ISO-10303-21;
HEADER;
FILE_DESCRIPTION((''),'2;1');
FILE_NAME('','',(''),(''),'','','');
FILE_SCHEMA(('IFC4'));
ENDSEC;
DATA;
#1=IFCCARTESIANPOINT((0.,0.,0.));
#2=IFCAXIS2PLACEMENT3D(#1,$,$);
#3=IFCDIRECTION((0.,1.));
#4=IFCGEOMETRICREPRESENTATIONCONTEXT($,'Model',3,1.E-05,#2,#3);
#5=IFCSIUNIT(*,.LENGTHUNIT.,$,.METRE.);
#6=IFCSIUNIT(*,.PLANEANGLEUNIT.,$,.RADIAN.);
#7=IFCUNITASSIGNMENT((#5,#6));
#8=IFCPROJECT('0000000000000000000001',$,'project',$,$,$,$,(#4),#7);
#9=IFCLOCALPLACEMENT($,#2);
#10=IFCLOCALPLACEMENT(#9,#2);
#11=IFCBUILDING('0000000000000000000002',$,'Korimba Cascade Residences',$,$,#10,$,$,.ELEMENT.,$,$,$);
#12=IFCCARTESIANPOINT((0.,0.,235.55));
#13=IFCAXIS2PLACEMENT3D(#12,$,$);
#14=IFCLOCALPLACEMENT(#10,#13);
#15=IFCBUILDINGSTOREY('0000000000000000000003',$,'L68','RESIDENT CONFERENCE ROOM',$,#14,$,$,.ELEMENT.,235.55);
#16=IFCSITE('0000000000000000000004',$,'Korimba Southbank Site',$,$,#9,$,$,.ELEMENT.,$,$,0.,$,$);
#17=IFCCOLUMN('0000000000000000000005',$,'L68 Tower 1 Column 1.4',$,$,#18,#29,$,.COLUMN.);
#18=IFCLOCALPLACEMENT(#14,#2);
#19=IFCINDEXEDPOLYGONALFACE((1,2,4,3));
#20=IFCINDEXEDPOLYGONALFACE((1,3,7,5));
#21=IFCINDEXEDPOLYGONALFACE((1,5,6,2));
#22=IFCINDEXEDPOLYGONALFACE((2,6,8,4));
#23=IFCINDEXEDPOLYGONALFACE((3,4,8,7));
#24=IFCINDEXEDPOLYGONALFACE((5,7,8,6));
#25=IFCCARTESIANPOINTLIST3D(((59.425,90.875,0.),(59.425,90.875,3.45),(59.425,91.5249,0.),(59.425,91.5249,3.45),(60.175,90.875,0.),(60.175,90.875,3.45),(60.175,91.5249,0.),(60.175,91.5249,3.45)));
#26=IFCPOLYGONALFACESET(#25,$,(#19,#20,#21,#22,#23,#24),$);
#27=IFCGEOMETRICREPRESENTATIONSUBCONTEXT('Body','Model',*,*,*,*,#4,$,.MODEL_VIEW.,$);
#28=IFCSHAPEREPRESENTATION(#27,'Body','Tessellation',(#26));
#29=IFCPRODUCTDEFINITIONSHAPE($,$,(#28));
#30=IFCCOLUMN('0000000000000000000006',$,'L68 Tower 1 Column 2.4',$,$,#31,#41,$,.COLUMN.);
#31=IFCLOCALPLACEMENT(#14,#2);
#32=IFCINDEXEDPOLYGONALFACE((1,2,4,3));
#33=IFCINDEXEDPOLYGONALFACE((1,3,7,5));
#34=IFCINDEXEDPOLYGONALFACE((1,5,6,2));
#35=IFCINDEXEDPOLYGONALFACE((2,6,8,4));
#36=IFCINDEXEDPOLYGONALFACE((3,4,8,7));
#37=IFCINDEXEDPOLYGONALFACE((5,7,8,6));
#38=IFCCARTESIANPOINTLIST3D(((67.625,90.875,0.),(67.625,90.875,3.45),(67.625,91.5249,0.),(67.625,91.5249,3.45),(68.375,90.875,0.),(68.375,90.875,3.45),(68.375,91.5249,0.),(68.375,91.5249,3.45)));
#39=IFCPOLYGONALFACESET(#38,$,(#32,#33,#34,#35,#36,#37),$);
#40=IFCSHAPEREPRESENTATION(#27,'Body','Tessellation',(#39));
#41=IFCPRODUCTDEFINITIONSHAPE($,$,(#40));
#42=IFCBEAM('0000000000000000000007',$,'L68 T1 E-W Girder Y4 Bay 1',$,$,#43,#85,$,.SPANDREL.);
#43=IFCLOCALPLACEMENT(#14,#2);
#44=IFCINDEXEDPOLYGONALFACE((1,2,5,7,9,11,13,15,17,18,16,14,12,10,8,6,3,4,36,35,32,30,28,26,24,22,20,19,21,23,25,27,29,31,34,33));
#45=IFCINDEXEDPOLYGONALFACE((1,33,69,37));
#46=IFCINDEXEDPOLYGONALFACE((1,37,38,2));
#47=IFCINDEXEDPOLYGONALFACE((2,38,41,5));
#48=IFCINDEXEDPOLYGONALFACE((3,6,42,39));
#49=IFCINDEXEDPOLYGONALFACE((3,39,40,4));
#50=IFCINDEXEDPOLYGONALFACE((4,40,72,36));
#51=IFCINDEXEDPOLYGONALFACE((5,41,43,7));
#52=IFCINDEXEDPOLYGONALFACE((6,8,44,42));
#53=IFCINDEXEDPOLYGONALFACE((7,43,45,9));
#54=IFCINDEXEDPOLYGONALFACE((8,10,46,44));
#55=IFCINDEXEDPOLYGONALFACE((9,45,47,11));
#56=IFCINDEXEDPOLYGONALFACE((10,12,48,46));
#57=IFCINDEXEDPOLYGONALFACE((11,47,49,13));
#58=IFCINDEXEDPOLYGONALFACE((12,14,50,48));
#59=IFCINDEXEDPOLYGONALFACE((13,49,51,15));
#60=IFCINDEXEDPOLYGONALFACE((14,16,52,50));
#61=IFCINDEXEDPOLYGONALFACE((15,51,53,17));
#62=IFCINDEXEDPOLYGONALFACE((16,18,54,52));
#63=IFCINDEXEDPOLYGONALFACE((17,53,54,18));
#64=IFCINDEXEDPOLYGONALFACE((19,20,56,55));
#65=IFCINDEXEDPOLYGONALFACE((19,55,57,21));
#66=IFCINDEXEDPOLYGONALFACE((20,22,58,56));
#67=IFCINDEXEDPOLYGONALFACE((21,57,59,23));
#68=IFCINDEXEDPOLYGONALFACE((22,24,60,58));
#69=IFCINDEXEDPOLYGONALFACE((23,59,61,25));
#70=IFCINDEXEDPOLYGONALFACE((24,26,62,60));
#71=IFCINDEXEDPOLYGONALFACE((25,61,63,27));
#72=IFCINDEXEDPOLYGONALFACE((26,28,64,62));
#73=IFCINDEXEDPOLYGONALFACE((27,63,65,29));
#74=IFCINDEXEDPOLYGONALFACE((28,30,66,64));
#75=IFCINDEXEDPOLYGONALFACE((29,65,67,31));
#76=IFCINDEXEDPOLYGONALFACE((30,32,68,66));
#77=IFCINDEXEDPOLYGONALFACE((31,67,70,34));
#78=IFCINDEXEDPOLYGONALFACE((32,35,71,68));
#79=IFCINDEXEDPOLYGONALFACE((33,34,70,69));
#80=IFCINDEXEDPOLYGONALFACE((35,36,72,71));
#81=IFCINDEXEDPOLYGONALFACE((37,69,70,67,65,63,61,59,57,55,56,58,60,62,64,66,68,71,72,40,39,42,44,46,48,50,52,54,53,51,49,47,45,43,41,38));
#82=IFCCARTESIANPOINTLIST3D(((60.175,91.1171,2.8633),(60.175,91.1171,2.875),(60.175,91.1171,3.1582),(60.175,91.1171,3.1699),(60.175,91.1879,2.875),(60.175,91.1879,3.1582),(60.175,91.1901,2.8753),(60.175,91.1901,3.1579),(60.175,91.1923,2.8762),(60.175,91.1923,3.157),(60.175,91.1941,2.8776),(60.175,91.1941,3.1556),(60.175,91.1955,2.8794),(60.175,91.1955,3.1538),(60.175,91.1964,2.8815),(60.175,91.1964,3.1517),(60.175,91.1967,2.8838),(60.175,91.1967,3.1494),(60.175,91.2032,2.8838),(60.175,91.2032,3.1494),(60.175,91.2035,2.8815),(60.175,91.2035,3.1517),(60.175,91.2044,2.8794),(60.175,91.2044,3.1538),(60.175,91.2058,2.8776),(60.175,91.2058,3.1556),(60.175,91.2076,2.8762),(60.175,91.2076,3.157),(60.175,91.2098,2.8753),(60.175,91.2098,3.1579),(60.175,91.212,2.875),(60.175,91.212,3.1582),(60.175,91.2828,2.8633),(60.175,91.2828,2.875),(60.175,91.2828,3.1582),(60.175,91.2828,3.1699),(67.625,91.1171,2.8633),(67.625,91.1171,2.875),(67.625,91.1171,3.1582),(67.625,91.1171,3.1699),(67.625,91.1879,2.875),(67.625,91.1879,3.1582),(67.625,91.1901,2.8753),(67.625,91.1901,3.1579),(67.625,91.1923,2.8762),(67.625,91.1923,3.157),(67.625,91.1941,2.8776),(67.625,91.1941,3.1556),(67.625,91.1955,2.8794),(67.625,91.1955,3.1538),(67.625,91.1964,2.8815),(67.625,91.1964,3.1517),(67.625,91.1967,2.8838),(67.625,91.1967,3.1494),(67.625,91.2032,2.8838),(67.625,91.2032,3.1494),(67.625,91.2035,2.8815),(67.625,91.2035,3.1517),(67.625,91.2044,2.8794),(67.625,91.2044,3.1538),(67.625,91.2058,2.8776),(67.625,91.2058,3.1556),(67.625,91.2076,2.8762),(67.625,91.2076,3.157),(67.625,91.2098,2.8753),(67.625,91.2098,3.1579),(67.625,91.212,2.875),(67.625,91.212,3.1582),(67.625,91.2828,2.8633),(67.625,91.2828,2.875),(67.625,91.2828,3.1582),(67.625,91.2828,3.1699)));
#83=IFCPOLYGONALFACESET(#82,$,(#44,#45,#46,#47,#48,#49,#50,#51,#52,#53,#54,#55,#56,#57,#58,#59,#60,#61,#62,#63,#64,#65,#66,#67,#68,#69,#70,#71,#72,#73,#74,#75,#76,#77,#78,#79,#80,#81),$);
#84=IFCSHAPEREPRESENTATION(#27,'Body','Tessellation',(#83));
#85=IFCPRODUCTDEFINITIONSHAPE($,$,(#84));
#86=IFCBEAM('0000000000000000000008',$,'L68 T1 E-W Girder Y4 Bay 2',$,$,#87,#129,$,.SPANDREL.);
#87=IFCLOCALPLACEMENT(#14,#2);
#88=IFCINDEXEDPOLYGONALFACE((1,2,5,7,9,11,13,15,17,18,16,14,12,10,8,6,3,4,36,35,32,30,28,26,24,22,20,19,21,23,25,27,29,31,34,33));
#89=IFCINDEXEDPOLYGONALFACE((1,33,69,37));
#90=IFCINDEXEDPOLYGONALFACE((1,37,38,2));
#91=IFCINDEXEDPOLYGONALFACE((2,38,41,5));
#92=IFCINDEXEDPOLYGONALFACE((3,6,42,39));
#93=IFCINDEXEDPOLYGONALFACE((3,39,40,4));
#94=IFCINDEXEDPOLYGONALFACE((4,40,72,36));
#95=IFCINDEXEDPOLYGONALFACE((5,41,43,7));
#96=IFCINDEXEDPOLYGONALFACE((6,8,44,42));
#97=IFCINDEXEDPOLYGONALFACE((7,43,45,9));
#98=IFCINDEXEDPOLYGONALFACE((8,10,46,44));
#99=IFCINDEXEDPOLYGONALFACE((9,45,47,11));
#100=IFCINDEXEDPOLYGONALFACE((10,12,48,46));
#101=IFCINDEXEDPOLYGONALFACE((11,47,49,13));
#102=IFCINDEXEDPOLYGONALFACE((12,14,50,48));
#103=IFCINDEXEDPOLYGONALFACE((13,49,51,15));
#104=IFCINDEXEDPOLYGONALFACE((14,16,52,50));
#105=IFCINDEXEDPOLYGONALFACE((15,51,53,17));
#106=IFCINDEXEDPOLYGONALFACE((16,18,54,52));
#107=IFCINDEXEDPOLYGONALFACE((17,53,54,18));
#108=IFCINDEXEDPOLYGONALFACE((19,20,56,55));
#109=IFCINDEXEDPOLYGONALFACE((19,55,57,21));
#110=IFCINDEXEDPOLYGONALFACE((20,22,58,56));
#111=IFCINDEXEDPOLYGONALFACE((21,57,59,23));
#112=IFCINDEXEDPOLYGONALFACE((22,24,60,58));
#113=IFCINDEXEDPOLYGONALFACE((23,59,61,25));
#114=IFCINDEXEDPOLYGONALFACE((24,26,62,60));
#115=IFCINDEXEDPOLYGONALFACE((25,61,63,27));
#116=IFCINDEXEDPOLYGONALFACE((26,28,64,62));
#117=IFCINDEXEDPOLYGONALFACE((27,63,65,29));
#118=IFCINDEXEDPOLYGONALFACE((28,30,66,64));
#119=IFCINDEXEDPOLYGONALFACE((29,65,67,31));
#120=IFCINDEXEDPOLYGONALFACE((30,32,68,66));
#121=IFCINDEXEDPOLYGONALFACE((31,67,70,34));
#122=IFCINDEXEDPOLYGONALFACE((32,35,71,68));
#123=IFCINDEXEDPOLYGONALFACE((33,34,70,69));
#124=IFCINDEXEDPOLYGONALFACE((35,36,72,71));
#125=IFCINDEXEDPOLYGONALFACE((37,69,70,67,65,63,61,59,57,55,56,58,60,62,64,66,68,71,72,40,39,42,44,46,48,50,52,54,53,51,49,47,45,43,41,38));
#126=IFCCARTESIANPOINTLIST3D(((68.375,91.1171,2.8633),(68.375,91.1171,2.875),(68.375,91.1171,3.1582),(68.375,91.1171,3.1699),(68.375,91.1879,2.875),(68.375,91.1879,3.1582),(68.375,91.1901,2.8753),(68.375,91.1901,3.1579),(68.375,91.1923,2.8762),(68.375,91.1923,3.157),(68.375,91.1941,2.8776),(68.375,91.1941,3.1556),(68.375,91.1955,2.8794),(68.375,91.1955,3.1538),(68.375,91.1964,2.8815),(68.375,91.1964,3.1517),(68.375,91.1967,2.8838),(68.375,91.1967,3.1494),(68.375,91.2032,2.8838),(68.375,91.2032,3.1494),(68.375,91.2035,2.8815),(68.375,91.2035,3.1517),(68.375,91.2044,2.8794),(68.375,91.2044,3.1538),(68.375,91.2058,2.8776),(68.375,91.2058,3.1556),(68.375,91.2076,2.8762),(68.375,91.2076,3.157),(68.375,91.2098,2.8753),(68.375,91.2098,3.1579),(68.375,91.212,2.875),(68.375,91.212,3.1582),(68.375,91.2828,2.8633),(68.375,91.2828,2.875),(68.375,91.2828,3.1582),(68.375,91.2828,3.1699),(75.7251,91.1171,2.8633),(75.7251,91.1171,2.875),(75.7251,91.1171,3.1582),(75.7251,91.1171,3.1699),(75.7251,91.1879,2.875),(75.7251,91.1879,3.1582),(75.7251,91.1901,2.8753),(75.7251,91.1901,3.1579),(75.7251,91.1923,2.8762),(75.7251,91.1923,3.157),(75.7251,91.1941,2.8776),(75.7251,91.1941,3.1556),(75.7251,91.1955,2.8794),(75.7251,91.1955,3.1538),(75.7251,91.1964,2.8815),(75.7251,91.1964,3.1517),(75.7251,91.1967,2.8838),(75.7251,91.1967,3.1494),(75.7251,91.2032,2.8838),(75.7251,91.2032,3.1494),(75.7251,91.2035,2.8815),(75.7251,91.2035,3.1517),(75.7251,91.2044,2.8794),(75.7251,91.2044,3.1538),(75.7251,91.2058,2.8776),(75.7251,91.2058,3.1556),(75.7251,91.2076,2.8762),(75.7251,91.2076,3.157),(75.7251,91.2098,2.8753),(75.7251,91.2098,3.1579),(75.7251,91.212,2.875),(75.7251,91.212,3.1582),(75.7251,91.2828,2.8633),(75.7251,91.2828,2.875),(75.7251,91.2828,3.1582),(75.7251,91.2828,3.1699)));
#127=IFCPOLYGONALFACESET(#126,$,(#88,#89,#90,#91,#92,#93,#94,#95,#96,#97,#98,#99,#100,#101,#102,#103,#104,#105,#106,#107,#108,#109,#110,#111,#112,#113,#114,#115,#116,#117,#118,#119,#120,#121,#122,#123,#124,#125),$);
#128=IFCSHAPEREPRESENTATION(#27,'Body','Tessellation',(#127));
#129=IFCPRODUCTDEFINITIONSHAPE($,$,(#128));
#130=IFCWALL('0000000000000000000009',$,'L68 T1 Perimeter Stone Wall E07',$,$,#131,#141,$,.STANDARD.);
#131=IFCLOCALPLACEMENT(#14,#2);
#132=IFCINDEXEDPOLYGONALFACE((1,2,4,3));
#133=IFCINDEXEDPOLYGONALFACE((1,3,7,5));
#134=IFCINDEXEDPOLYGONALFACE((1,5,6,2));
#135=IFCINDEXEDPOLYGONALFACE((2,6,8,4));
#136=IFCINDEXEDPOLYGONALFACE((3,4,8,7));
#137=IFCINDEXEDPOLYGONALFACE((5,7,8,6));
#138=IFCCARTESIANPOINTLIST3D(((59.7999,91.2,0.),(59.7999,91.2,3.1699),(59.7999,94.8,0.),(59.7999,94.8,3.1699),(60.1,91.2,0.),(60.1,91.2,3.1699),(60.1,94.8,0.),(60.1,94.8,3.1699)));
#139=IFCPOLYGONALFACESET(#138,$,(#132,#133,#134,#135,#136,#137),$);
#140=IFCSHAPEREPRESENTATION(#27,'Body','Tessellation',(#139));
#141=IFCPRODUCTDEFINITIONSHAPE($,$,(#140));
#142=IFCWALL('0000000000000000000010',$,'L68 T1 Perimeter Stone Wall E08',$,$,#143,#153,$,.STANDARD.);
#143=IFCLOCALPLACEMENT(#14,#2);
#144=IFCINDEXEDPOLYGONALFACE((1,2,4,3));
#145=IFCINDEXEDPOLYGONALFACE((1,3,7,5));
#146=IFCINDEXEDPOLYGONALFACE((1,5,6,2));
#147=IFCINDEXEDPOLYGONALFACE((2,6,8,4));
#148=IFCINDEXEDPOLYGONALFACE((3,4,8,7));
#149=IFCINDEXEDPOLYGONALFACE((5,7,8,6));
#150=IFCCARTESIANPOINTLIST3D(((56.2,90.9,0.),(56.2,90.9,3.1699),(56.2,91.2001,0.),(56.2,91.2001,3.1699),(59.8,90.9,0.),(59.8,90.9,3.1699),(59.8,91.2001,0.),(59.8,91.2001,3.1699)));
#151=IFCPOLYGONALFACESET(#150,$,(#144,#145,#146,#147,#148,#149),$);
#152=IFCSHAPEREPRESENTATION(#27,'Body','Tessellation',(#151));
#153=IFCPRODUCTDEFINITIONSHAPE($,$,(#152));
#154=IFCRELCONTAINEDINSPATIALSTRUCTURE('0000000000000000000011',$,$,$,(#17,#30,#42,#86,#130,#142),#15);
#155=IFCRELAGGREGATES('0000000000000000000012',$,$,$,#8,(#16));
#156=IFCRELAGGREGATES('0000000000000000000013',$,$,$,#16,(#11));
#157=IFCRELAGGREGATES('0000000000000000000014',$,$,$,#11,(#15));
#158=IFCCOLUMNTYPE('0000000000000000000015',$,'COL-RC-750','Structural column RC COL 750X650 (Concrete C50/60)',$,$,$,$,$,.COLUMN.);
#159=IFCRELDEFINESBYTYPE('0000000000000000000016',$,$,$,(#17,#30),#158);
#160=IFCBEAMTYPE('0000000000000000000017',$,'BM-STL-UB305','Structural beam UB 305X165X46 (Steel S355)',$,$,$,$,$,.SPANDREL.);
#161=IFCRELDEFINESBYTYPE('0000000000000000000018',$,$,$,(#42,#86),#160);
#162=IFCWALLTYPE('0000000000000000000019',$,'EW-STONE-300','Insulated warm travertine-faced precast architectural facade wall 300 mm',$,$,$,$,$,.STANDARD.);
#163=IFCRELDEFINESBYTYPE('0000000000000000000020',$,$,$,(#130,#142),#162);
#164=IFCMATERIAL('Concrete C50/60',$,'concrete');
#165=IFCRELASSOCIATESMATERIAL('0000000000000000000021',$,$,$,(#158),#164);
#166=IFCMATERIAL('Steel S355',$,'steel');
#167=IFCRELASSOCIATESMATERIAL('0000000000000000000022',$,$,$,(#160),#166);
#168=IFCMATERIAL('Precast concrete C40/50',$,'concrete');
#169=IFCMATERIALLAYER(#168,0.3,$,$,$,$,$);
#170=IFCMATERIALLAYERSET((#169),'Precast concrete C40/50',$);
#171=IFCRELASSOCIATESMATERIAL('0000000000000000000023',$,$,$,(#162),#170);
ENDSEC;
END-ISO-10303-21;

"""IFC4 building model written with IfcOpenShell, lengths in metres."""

from ifc_helpers import new_model, si_unit, direction, frame, frame_2d, origin, origin_2d, place, context, subcontext, project, spatial, rectangle, i_section, extrude, material, layer, layer_set, material_profile, profile_set, type_object, element, save


model = new_model("IFC4")

# Units and contexts
model_context = context("Model", 3, precision=1e-05, world=origin(), true_north=direction((0.0, 1.0)))
body_context = subcontext(model_context, "Body", "Model", "MODEL_VIEW")
ifc_project = project(units=[si_unit("LENGTHUNIT", "METRE"), si_unit("PLANEANGLEUNIT", "RADIAN")], contexts=[model_context])

# Site, building, storey
site_placement = place(None, origin())
site = spatial("IfcSite", under=ifc_project, at=site_placement, Name="Korimba Southbank Site", CompositionType="ELEMENT", RefElevation=0.0)
building_placement = place(site_placement, origin())
building = spatial("IfcBuilding", under=site, at=building_placement, Name="Korimba Cascade Residences", CompositionType="ELEMENT")
storey_placement = place(building_placement, frame((0.0, 0.0, 235.55)))
storey = spatial("IfcBuildingStorey", under=building, at=storey_placement, Name="L68", Description="RESIDENT CONFERENCE ROOM", CompositionType="ELEMENT", Elevation=235.55)

# Columns
ifc_material_1 = material(Name="Concrete C50/60", Category="concrete")
ifc_material_profile_1 = material_profile(ifc_material_1, rectangle(XDim=0.75, YDim=0.6499, at=origin_2d()), Name="Concrete C50/60")
ifc_profile_set_1 = profile_set([ifc_material_profile_1], Name="Concrete C50/60")
column_type = type_object("IfcColumnType", Name="COL-RC-750", Description="Structural column RC COL 750X650 (Concrete C50/60)", PredefinedType="COLUMN", material=ifc_profile_set_1)
for number, where, z_axis, x_axis, name in (
    (1, (59.8, 91.2, 0.0), (0.0, 0.0, 1.0), (1.0, 0.0, 0.0), "L68 Tower 1 Column 1.4"),
    (2, (68.0, 91.2, 0.0), (0.0, 0.0, 1.0), (1.0, 0.0, 0.0), "L68 Tower 1 Column 2.4"),
):
    element("IfcColumn", number, at=place(storey_placement, frame(where, z_axis=z_axis, x_axis=x_axis)), inside=storey, type_object=column_type, Name=name, PredefinedType="COLUMN", context=body_context, shape_type="SweptSolid", body=[
        extrude(rectangle(XDim=0.75, YDim=0.6499, at=origin_2d()), origin(), (0.0, 0.0, 1.0), 3.45),
    ])

# Beams
ifc_material_2 = material(Name="Steel S355", Category="steel")
ifc_material_profile_2 = material_profile(ifc_material_2, i_section(OverallWidth=0.1658, OverallDepth=0.3066, WebThickness=0.0066, FlangeThickness=0.0117, FilletRadius=0.0088, at=origin_2d()), Name="Steel S355")
ifc_profile_set_2 = profile_set([ifc_material_profile_2], Name="Steel S355")
beam_type = type_object("IfcBeamType", Name="BM-STL-UB305", Description="Structural beam UB 305X165X46 (Steel S355)", PredefinedType="SPANDREL", material=ifc_profile_set_2)
beam_1_placement = place(storey_placement, frame((60.175, 91.2, 3.0166), z_axis=(1.0, 0.0, 0.0), x_axis=(0.0, 1.0, 0.0)))
element("IfcBeam", 3, at=beam_1_placement, inside=storey, type_object=beam_type, Name="L68 T1 E-W Girder Y4 Bay 1", PredefinedType="SPANDREL", context=body_context, shape_type="SweptSolid", body=[
    extrude(i_section(OverallWidth=0.1658, OverallDepth=0.3066, WebThickness=0.0066, FlangeThickness=0.0117, FilletRadius=0.0088, at=origin_2d()), origin(), (0.0, 0.0, 1.0), 7.45),
])
beam_2_placement = place(storey_placement, frame((68.375, 91.2, 3.0166), z_axis=(1.0, 0.0, 0.0), x_axis=(0.0, 1.0, 0.0)))
element("IfcBeam", 4, at=beam_2_placement, inside=storey, type_object=beam_type, Name="L68 T1 E-W Girder Y4 Bay 2", PredefinedType="SPANDREL", context=body_context, shape_type="SweptSolid", body=[
    extrude(i_section(OverallWidth=0.1658, OverallDepth=0.3066, WebThickness=0.0066, FlangeThickness=0.0117, FilletRadius=0.0088, at=origin_2d()), origin(), (0.0, 0.0, 1.0), 7.3501),
])

# Walls
ifc_material_3 = material(Name="Precast concrete C40/50", Category="concrete")
ifc_layer_1 = layer(ifc_material_3, 0.3)
ifc_layer_set_1 = layer_set([ifc_layer_1], Name="Precast concrete C40/50")
wall_type_1 = type_object("IfcWallType", Name="EW-STONE-300", Description="Insulated warm travertine-faced precast architectural facade wall 300 mm", PredefinedType="STANDARD", material=ifc_layer_set_1)
for number, where, z_axis, x_axis, name in (
    (5, (59.95, 94.8, 0.0), (0.0, 0.0, 1.0), (0.0, -1.0, 0.0), "L68 T1 Perimeter Stone Wall E07"),
    (6, (59.8, 91.05, 0.0), (0.0, 0.0, 1.0), (-1.0, 0.0, 0.0), "L68 T1 Perimeter Stone Wall E08"),
):
    element("IfcWall", number, at=place(storey_placement, frame(where, z_axis=z_axis, x_axis=x_axis)), inside=storey, type_object=wall_type_1, Name=name, PredefinedType="STANDARD", context=body_context, shape_type="SweptSolid", body=[
        extrude(rectangle(XDim=3.6001, YDim=0.3, at=frame_2d((1.8, 0.0))), origin(), (0.0, 0.0, 1.0), 3.1699),
    ])

save(model, "model.ifc")
